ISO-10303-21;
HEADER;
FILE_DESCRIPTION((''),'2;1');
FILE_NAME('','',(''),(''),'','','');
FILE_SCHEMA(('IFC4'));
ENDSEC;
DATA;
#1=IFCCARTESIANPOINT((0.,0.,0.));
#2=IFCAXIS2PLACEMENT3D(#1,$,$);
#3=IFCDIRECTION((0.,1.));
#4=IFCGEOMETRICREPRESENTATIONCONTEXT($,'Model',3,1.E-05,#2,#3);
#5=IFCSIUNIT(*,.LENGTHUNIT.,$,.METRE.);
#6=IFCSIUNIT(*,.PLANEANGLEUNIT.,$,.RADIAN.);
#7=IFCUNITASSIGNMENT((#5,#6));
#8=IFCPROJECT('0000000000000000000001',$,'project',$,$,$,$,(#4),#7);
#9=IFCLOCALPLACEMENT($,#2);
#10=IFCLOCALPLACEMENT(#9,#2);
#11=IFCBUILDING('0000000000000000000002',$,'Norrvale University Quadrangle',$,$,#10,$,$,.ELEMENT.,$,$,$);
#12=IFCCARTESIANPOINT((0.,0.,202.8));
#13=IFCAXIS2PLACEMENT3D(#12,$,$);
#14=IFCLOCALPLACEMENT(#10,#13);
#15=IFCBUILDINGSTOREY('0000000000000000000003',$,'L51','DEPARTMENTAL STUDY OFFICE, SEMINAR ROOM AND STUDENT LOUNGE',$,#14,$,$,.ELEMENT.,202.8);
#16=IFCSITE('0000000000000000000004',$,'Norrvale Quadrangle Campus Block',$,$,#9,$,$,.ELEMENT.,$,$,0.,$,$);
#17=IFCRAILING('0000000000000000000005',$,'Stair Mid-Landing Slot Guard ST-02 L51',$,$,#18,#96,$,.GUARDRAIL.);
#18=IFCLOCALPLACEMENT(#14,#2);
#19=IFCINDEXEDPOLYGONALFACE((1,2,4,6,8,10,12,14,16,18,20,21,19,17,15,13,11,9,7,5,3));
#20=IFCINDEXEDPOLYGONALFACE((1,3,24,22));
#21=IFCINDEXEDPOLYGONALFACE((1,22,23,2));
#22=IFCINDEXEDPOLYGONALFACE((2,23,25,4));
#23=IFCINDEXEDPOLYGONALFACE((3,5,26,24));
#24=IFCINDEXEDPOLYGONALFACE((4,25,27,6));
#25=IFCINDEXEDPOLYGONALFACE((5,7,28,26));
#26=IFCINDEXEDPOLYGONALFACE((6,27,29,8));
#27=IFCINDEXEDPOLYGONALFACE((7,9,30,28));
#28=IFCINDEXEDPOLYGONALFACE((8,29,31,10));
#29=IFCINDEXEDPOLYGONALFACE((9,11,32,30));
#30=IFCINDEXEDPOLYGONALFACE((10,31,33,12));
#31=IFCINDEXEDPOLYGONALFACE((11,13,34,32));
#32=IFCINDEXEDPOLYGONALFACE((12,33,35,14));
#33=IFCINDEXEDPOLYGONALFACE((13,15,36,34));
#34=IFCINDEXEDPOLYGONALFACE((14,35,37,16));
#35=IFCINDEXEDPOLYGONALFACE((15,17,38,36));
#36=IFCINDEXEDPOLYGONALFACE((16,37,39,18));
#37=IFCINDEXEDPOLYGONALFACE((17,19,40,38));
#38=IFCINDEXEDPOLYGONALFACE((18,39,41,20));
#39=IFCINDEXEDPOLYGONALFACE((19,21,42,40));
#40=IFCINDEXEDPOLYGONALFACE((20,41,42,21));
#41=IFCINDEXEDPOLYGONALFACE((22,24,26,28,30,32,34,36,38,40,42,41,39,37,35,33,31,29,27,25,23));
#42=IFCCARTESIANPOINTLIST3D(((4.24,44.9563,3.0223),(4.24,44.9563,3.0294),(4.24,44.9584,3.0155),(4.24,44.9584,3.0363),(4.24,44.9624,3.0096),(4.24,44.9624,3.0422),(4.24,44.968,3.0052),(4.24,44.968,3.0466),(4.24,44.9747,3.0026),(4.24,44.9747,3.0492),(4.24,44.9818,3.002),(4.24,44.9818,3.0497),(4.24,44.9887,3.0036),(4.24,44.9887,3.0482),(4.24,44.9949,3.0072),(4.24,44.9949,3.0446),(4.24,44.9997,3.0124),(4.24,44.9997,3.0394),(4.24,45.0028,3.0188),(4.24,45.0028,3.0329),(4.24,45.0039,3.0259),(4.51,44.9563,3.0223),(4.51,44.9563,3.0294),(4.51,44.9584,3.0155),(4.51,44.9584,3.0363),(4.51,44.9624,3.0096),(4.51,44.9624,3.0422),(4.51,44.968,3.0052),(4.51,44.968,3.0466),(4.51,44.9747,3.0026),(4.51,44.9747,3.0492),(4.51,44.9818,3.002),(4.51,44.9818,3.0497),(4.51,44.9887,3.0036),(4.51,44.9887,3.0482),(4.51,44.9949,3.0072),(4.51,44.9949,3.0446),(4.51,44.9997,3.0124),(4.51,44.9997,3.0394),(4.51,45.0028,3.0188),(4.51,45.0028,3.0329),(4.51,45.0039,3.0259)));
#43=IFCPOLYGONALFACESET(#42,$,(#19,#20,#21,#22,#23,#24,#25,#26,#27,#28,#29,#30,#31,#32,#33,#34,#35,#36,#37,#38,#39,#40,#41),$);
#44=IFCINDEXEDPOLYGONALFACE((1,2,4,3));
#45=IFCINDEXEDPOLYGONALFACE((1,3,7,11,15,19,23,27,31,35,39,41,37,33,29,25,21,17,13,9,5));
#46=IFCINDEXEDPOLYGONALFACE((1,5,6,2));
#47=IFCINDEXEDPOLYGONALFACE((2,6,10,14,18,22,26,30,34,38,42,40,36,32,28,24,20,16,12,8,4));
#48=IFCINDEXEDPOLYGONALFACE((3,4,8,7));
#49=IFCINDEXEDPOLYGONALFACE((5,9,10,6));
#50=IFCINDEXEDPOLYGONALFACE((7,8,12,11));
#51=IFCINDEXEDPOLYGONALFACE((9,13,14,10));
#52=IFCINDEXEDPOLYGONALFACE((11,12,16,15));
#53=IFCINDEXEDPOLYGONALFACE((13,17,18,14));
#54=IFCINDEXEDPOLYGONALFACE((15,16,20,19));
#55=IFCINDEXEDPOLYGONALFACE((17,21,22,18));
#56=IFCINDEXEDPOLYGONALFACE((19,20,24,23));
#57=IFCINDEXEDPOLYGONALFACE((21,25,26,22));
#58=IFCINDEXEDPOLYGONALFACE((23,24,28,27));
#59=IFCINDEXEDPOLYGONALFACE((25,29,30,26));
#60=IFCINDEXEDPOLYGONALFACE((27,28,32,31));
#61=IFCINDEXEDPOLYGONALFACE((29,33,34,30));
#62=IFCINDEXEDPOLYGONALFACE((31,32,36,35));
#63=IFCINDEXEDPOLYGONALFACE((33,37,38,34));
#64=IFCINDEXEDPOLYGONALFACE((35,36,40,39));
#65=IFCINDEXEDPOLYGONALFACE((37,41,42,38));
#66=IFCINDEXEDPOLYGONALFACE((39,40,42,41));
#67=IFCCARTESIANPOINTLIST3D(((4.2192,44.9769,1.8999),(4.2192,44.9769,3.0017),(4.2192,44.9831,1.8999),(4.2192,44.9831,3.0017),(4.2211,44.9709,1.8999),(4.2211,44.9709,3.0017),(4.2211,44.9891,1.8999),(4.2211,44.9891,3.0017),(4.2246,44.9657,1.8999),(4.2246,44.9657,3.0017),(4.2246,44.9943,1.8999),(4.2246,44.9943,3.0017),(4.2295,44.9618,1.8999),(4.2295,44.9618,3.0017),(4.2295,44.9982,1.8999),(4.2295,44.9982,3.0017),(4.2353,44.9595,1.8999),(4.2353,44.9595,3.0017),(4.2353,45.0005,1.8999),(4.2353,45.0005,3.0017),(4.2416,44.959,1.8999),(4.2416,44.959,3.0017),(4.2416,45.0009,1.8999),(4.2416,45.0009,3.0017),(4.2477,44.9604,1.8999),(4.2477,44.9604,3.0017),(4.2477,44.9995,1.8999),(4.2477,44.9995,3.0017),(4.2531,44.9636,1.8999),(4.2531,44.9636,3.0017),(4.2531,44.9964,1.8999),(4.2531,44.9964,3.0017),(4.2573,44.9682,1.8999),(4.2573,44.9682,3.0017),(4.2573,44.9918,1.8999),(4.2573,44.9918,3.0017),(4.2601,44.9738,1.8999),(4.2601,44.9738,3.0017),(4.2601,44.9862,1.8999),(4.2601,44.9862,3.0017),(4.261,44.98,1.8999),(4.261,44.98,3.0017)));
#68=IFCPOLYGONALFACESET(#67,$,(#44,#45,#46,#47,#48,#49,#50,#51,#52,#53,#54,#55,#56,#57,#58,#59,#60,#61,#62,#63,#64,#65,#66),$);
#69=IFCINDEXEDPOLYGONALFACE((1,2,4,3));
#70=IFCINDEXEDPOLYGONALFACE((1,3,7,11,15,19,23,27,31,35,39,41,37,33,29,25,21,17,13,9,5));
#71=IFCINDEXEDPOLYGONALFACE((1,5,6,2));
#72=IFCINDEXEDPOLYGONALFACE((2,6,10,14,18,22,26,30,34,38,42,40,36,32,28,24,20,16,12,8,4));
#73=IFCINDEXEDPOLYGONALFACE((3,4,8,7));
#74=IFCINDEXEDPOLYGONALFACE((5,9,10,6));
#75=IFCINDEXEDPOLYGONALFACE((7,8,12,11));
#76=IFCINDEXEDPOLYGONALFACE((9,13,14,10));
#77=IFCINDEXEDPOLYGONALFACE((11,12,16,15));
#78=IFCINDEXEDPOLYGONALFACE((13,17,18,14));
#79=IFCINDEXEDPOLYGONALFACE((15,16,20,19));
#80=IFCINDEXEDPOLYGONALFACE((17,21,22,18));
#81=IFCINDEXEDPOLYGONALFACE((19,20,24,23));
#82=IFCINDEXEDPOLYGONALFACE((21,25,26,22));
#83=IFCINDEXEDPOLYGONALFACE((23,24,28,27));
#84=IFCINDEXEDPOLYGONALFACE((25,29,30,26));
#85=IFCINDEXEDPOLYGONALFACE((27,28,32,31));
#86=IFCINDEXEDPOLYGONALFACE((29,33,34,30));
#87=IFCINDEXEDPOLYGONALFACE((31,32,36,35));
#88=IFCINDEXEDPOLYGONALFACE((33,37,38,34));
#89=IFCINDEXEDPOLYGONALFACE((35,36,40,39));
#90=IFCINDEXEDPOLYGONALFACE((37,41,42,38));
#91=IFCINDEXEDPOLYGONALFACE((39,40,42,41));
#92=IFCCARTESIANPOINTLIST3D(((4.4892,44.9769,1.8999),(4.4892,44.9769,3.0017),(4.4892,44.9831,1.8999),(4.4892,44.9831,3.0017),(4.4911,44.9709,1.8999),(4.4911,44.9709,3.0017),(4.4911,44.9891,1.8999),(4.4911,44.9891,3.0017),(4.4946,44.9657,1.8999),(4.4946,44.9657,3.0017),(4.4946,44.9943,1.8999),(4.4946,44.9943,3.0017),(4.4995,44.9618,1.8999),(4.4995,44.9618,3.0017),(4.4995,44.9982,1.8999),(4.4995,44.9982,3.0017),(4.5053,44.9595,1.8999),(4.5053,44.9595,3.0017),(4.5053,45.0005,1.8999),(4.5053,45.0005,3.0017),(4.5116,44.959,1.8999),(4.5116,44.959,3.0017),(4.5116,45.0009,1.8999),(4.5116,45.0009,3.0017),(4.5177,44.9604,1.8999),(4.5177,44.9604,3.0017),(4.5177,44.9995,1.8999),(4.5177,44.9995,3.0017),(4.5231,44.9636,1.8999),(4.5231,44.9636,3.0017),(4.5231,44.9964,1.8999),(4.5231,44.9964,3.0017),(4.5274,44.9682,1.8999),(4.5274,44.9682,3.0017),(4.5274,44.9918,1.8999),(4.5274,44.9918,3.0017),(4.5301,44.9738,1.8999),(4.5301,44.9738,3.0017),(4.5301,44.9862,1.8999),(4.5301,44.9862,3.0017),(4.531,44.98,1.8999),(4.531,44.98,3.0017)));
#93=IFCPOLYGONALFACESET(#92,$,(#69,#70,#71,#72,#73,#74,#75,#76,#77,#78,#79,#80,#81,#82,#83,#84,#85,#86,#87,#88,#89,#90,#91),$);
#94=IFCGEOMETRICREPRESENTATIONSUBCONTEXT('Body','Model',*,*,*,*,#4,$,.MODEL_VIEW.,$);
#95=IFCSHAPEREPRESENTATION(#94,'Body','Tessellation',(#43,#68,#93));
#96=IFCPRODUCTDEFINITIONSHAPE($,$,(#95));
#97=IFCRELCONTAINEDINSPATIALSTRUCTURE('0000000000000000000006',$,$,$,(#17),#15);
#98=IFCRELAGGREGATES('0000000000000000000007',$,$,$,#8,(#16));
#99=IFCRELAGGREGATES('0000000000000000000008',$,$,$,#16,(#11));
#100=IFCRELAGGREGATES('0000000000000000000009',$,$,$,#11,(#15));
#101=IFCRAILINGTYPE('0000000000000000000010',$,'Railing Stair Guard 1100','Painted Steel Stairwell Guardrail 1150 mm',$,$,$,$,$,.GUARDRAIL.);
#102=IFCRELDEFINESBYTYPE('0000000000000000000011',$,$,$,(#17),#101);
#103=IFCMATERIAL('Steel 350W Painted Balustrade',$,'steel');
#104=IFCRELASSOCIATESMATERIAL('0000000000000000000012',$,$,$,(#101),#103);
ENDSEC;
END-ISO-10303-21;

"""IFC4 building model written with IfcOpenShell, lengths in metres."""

from ifc_helpers import new_model, si_unit, direction, frame, origin, origin_2d, place, context, subcontext, project, spatial, circle, extrude, material, type_object, element, save


model = new_model("IFC4")

# Units and contexts
model_context = context("Model", 3, precision=1e-05, world=origin(), true_north=direction((0.0, 1.0)))
body_context = subcontext(model_context, "Body", "Model", "MODEL_VIEW")
ifc_project = project(units=[si_unit("LENGTHUNIT", "METRE"), si_unit("PLANEANGLEUNIT", "RADIAN")], contexts=[model_context])

# Site, building, storey
site_placement = place(None, origin())
site = spatial("IfcSite", under=ifc_project, at=site_placement, Name="Norrvale Quadrangle Campus Block", CompositionType="ELEMENT", RefElevation=0.0)
building_placement = place(site_placement, origin())
building = spatial("IfcBuilding", under=site, at=building_placement, Name="Norrvale University Quadrangle", CompositionType="ELEMENT")
storey_placement = place(building_placement, frame((0.0, 0.0, 202.8)))
storey = spatial("IfcBuildingStorey", under=building, at=storey_placement, Name="L51", Description="DEPARTMENTAL STUDY OFFICE, SEMINAR ROOM AND STUDENT LOUNGE", CompositionType="ELEMENT", Elevation=202.8)

# Railing
ifc_material_1 = material(Name="Steel 350W Painted Balustrade", Category="steel")
railing_type_1 = type_object("IfcRailingType", Name="Railing Stair Guard 1100", Description="Painted Steel Stairwell Guardrail 1150 mm", PredefinedType="GUARDRAIL", material=ifc_material_1)
railing_1_placement = place(storey_placement, frame((4.24, 44.98, 1.8999)))
element("IfcRailing", 1, at=railing_1_placement, inside=storey, type_object=railing_type_1, Name="Stair Mid-Landing Slot Guard ST-02 L51", PredefinedType="GUARDRAIL", context=body_context, shape_type="SweptSolid", body=[
    extrude(circle(Radius=0.0239, at=origin_2d()), frame((0.0, 0.0, 1.126), z_axis=(1.0, 0.0, 0.0), x_axis=(0.0, 1.0, 0.0)), (0.0, 0.0, 1.0), 0.27),
    extrude(circle(Radius=0.021, at=origin_2d()), origin(), (0.0, 0.0, 1.0), 1.1018),
    extrude(circle(Radius=0.021, at=origin_2d()), frame((0.27, 0.0, 0.0)), (0.0, 0.0, 1.0), 1.1018),
])

save(model, "model.ifc")
